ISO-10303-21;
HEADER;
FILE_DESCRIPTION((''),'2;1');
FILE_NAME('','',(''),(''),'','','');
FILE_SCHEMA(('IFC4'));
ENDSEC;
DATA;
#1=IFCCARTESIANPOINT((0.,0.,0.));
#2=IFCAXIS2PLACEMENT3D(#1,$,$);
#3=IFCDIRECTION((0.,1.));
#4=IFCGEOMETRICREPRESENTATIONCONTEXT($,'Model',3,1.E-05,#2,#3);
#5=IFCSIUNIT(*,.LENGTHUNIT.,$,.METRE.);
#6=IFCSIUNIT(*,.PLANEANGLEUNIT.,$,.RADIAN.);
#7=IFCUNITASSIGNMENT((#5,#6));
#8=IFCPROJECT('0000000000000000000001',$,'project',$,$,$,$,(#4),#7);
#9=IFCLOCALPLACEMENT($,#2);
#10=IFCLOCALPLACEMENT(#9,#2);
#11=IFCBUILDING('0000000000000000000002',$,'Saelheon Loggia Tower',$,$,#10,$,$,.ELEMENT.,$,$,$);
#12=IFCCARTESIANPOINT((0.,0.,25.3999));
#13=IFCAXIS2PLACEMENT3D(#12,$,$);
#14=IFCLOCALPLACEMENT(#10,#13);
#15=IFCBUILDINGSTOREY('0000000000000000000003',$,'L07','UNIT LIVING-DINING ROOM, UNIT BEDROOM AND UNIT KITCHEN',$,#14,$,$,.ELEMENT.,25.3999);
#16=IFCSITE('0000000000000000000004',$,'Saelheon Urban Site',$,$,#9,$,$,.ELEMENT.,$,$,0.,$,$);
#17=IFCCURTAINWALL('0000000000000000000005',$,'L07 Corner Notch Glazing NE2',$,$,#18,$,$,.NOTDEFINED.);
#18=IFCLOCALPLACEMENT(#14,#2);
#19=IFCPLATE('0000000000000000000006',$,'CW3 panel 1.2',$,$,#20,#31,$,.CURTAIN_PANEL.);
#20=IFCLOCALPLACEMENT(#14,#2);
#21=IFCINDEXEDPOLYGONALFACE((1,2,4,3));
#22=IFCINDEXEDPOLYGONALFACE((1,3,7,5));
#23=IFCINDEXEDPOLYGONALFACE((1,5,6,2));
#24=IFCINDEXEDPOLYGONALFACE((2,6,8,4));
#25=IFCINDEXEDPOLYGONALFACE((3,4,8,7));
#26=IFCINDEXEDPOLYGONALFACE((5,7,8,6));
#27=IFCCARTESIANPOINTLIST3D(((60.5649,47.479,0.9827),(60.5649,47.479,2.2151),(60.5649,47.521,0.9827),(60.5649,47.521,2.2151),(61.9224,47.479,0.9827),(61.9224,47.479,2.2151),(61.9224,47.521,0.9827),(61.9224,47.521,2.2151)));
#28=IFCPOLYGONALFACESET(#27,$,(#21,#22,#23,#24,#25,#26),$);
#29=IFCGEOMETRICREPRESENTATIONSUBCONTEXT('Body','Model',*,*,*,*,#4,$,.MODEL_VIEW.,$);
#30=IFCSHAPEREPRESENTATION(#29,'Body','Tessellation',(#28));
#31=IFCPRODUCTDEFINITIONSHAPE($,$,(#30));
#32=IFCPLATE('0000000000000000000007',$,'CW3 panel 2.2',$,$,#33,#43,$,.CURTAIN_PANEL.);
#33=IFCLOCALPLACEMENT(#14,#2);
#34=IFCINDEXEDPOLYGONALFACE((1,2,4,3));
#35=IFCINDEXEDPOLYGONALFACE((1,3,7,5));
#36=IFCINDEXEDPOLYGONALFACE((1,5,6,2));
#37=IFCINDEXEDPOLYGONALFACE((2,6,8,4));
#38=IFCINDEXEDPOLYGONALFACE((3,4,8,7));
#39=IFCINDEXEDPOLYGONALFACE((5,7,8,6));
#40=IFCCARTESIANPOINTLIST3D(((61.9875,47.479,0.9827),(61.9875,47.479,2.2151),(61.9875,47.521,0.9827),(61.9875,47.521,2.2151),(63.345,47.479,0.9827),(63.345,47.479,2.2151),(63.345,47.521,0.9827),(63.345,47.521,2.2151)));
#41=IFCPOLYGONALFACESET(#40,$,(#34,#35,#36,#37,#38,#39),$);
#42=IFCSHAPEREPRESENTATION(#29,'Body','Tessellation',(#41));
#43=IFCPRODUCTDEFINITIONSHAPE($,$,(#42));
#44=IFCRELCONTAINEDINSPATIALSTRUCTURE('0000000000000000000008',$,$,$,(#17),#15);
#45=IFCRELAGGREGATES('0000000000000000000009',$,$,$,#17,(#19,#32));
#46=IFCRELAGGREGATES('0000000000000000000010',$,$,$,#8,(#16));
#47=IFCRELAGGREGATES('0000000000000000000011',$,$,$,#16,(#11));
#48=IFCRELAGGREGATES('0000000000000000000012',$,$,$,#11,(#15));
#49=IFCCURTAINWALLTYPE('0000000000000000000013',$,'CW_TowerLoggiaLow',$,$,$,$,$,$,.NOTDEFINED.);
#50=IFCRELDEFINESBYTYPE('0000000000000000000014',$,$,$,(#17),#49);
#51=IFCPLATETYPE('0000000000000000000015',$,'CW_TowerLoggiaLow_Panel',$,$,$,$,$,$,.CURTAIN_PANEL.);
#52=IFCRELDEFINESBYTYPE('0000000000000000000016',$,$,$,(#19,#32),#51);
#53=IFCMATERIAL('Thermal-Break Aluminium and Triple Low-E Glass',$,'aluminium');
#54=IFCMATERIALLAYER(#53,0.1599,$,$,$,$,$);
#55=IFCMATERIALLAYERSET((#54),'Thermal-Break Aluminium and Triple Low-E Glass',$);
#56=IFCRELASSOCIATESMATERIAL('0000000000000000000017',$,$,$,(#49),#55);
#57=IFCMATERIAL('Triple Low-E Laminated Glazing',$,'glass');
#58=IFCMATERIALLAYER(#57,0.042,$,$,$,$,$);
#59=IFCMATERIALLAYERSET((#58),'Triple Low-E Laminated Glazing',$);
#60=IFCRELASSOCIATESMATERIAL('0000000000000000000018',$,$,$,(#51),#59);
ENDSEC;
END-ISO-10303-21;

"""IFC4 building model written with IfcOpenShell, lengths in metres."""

from ifc_helpers import new_model, si_unit, direction, frame, origin, origin_2d, place, context, subcontext, project, spatial, rectangle, extrude, source, transform, mapped, material, layer, layer_set, type_object, element, aggregate, save


model = new_model("IFC4")

# Units and contexts
model_context = context("Model", 3, precision=1e-05, world=origin(), true_north=direction((0.0, 1.0)))
body_context = subcontext(model_context, "Body", "Model", "MODEL_VIEW")
ifc_project = project(units=[si_unit("LENGTHUNIT", "METRE"), si_unit("PLANEANGLEUNIT", "RADIAN")], contexts=[model_context])

# Site, building, storey
site_placement = place(None, origin())
site = spatial("IfcSite", under=ifc_project, at=site_placement, Name="Saelheon Urban Site", CompositionType="ELEMENT", RefElevation=0.0)
building_placement = place(site_placement, origin())
building = spatial("IfcBuilding", under=site, at=building_placement, Name="Saelheon Loggia Tower", CompositionType="ELEMENT")
storey_placement = place(building_placement, frame((0.0, 0.0, 25.3999)))
storey = spatial("IfcBuildingStorey", under=building, at=storey_placement, Name="L07", Description="UNIT LIVING-DINING ROOM, UNIT BEDROOM AND UNIT KITCHEN", CompositionType="ELEMENT", Elevation=25.3999)

# Shared definitions
ifc_material_1 = material(Name="Thermal-Break Aluminium and Triple Low-E Glass", Category="aluminium")
ifc_layer_1 = layer(ifc_material_1, 0.1599)
ifc_layer_set_1 = layer_set([ifc_layer_1], Name="Thermal-Break Aluminium and Triple Low-E Glass")
curtain_wall_type = type_object("IfcCurtainWallType", Name="CW_TowerLoggiaLow", PredefinedType="NOTDEFINED", material=ifc_layer_set_1)

# Curtain wall
curtain_wall_1_placement = place(storey_placement, origin())
curtain_wall_1 = element("IfcCurtainWall", 1, at=curtain_wall_1_placement, inside=storey, type_object=curtain_wall_type, Name="L07 Corner Notch Glazing NE2", PredefinedType="NOTDEFINED")

# Plates
ifc_material_2 = material(Name="Triple Low-E Laminated Glazing", Category="glass")
ifc_layer_2 = layer(ifc_material_2, 0.042)
ifc_layer_set_2 = layer_set([ifc_layer_2], Name="Triple Low-E Laminated Glazing")
plate_type = type_object("IfcPlateType", Name="CW_TowerLoggiaLow_Panel", PredefinedType="CURTAIN_PANEL", material=ifc_layer_set_2)
shared_shape_1 = source(origin(), body_context, "Body", "SweptSolid", [
    extrude(rectangle(XDim=1.3574, YDim=0.042, at=origin_2d()), origin(), (0.0, 0.0, 1.0), 1.2324),
])
plate_1_placement = place(storey_placement, frame((61.2437, 47.5, 0.9827), z_axis=(0.0, 0.0, 1.0), x_axis=(1.0, 0.0, 0.0)))
plate_1 = element("IfcPlate", 2, at=plate_1_placement, type_object=plate_type, Name="CW3 panel 1.2", PredefinedType="CURTAIN_PANEL", context=body_context, shape_type="MappedRepresentation", body=[
    mapped(shared_shape_1, transform((0.0, 0.0, 0.0), scale=1.0)),
])
plate_2_placement = place(storey_placement, frame((62.6663, 47.5, 0.9827), z_axis=(0.0, 0.0, 1.0), x_axis=(1.0, 0.0, 0.0)))
plate_2 = element("IfcPlate", 3, at=plate_2_placement, type_object=plate_type, Name="CW3 panel 2.2", PredefinedType="CURTAIN_PANEL", context=body_context, shape_type="MappedRepresentation", body=[
    mapped(shared_shape_1, transform((0.0, 0.0, 0.0), scale=1.0)),
])
aggregate(curtain_wall_1, [plate_1, plate_2])

save(model, "model.ifc")
